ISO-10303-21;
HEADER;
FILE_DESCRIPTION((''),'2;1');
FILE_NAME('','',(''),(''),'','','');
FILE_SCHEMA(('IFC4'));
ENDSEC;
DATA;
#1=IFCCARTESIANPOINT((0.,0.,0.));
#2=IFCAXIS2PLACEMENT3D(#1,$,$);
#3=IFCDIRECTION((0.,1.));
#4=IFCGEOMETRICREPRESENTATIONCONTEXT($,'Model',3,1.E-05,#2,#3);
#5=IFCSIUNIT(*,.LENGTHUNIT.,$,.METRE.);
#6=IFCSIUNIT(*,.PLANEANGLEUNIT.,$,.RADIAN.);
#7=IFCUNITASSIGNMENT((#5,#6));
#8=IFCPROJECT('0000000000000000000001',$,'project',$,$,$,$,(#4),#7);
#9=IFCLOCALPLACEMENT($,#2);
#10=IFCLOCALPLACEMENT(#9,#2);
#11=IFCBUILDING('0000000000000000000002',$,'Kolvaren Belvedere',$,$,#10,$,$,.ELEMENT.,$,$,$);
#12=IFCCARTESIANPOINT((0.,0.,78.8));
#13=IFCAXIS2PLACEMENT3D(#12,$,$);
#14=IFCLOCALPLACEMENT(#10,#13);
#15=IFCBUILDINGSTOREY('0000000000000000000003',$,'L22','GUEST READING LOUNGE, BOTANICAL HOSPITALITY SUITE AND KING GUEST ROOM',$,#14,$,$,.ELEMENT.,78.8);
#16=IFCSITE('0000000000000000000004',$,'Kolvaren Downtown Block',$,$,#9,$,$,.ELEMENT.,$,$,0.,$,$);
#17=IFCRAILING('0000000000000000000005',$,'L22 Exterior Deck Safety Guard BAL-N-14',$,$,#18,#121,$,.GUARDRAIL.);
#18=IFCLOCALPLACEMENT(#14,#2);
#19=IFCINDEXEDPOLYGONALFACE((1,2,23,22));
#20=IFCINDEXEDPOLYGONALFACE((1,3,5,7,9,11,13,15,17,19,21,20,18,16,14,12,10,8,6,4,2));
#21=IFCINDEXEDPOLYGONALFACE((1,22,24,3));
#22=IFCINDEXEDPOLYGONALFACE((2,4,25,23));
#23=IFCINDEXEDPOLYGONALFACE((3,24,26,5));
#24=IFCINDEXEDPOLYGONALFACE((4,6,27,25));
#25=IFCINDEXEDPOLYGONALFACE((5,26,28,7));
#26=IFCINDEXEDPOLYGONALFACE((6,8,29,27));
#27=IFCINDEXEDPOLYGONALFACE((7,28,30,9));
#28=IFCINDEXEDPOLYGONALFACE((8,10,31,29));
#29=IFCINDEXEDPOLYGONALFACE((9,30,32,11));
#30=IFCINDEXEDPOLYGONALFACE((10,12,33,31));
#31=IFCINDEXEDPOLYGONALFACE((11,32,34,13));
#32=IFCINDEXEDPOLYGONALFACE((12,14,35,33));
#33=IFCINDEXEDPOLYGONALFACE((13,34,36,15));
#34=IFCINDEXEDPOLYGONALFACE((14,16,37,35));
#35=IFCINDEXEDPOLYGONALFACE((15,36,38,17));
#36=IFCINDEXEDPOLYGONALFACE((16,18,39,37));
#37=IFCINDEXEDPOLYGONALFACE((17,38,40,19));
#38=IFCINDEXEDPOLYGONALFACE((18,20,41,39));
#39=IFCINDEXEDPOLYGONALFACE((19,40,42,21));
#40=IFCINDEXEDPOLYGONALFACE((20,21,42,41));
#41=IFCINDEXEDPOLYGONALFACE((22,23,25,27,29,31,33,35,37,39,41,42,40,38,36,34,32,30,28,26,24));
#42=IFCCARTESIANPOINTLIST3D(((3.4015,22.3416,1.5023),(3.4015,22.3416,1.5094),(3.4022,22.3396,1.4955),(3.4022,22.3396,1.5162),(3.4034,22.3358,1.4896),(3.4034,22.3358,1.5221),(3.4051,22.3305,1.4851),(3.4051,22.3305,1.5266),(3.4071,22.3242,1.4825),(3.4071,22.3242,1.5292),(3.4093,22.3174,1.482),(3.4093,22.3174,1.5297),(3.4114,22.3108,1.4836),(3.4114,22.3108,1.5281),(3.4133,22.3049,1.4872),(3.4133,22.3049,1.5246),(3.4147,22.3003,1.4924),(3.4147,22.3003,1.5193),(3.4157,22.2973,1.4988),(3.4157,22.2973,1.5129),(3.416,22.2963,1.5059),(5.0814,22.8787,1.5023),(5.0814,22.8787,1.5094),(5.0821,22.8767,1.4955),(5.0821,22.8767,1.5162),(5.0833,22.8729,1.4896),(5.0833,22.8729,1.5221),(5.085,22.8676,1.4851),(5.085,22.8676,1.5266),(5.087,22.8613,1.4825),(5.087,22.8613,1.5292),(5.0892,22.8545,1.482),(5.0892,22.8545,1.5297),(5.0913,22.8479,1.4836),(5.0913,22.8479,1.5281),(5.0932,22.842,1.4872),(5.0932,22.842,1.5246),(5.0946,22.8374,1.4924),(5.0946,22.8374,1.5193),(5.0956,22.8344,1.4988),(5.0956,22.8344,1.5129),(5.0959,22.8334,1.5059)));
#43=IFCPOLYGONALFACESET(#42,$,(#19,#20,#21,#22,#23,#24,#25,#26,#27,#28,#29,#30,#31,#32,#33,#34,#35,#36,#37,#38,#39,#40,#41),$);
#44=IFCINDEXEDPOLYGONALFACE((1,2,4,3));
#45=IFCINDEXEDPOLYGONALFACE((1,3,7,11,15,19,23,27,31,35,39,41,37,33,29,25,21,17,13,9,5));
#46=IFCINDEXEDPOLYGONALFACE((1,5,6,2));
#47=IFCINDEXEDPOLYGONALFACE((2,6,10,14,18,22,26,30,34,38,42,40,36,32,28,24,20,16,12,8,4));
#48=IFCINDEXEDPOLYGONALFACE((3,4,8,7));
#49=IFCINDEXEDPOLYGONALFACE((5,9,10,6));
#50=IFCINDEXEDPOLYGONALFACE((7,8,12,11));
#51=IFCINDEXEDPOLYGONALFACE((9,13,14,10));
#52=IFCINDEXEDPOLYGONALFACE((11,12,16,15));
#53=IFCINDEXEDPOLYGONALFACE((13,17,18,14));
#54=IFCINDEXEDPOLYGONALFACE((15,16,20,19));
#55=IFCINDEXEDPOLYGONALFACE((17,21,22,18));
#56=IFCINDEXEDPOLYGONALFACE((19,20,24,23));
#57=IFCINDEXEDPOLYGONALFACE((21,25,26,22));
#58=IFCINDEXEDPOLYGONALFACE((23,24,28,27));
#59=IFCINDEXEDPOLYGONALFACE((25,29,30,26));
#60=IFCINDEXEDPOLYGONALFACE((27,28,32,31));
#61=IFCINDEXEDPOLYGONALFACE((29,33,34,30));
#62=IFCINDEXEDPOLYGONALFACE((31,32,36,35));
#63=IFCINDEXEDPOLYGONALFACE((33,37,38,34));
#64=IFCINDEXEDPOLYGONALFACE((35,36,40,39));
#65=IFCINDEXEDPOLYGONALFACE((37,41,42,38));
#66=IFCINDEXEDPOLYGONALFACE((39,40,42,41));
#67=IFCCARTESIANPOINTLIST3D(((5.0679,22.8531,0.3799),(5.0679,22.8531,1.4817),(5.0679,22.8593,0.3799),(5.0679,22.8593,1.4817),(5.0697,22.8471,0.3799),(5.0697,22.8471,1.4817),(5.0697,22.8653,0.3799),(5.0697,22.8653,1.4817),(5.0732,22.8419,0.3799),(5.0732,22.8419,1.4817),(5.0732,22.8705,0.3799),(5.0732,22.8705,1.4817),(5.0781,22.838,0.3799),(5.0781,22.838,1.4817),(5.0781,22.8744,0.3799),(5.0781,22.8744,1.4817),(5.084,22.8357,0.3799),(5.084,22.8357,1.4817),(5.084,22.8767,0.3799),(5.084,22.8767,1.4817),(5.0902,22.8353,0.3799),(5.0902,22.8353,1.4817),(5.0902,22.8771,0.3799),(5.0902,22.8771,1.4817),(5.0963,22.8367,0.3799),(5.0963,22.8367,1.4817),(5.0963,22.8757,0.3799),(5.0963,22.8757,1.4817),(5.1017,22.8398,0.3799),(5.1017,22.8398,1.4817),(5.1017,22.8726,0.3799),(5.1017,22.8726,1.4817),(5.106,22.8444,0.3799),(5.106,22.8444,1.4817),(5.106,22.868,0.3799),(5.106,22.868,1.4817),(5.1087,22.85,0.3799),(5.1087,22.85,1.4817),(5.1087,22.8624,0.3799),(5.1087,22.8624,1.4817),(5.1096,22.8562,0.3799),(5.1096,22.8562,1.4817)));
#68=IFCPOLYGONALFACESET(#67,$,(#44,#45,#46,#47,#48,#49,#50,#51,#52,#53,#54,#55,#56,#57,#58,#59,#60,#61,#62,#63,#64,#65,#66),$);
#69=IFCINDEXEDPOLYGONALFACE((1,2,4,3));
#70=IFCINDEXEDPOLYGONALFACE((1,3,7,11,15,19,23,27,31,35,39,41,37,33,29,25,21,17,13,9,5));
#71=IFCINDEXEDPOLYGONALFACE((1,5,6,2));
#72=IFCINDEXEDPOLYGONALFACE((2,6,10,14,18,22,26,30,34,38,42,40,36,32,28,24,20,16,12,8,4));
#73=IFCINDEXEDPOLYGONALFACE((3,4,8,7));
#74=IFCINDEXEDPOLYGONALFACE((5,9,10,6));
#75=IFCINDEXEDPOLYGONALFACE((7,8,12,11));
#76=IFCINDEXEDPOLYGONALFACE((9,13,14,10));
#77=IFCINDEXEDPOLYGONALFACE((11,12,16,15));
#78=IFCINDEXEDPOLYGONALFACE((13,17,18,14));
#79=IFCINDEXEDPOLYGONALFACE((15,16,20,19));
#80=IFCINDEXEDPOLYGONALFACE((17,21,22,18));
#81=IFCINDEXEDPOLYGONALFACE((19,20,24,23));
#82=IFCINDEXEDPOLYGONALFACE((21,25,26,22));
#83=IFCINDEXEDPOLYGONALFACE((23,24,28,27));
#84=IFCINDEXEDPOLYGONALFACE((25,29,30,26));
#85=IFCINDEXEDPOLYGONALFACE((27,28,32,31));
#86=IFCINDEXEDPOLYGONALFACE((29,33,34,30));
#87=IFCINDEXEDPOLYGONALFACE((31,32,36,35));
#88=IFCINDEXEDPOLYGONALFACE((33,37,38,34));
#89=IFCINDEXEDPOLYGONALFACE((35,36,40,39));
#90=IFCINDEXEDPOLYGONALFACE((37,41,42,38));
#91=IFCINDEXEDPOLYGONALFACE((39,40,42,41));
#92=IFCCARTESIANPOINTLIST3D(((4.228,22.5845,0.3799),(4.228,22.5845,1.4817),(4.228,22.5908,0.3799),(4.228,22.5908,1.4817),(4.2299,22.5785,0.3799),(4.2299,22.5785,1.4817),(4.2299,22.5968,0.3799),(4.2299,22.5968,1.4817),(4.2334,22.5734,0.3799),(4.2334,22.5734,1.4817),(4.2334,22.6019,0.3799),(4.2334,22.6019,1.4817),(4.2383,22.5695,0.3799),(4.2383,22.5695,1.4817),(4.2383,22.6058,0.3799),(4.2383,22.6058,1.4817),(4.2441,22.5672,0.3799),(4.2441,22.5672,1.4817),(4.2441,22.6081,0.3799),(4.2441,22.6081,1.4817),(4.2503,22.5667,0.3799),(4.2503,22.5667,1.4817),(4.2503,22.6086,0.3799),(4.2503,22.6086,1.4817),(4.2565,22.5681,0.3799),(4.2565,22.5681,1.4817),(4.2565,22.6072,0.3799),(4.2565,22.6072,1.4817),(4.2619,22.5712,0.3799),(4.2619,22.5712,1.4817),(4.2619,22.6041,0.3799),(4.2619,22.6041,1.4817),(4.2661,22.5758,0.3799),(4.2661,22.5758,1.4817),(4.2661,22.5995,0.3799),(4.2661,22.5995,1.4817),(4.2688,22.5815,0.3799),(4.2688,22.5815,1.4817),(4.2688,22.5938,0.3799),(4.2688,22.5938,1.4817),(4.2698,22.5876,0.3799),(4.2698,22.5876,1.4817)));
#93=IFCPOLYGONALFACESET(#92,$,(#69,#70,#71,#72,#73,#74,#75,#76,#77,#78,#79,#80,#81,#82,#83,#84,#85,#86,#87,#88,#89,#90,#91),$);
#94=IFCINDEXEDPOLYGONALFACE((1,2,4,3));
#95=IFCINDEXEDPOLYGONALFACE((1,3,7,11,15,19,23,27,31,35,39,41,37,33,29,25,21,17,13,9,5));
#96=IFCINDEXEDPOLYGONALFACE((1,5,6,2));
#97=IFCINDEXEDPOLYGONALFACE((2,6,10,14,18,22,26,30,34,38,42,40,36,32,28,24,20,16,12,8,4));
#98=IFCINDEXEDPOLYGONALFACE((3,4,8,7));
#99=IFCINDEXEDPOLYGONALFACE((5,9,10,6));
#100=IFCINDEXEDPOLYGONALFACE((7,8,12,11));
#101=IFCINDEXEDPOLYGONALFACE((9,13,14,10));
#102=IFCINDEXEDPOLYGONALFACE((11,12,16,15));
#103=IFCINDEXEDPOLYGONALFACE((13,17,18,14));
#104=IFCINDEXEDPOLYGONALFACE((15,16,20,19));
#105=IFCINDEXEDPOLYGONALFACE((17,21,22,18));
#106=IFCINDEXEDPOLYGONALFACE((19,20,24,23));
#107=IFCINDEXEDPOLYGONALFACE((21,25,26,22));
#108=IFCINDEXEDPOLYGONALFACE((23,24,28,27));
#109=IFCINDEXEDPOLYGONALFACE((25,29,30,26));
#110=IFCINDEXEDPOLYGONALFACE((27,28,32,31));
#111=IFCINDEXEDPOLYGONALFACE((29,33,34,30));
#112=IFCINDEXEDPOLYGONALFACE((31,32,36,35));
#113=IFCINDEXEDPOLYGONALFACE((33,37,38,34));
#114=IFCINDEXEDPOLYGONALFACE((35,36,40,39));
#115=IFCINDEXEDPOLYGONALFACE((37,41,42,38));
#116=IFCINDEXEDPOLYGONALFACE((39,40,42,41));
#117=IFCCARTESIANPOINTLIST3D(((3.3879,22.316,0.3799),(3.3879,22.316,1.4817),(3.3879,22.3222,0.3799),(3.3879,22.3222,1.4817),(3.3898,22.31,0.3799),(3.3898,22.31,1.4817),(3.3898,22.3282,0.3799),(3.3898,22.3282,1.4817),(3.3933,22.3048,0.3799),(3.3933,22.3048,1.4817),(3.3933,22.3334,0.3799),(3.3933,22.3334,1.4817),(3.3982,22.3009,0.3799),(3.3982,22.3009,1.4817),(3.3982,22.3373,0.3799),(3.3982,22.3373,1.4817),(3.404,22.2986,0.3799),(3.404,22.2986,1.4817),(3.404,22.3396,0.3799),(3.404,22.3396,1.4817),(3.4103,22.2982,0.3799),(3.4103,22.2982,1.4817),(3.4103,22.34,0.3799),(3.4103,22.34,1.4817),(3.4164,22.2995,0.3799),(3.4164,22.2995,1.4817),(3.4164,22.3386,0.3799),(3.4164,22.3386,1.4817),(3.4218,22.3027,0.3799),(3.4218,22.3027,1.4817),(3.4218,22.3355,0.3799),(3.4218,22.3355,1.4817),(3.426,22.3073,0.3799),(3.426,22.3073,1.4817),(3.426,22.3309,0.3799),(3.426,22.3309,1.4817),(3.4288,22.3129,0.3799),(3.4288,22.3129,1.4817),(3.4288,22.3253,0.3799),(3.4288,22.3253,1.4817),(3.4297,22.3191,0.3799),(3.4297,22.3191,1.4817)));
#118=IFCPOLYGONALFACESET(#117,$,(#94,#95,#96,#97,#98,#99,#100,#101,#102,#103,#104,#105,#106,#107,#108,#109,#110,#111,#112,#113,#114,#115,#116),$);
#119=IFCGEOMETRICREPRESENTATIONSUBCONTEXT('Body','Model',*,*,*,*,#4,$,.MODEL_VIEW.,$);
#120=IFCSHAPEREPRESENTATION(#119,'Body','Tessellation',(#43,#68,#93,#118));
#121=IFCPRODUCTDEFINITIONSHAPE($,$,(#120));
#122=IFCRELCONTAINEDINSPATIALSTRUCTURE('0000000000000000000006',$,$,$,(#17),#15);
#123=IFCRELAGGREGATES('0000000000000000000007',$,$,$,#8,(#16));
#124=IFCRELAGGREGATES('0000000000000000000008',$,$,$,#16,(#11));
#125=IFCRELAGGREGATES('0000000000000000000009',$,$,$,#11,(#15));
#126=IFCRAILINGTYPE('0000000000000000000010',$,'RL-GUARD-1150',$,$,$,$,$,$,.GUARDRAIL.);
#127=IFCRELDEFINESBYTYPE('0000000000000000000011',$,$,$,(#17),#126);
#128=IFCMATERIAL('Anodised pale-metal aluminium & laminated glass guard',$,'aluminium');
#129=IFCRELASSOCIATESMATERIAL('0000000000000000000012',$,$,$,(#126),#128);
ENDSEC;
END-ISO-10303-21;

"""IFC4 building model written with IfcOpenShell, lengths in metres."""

from ifc_helpers import new_model, si_unit, direction, frame, origin, origin_2d, place, context, subcontext, project, spatial, circle, extrude, material, type_object, element, save


model = new_model("IFC4")

# Units and contexts
model_context = context("Model", 3, precision=1e-05, world=origin(), true_north=direction((0.0, 1.0)))
body_context = subcontext(model_context, "Body", "Model", "MODEL_VIEW")
ifc_project = project(units=[si_unit("LENGTHUNIT", "METRE"), si_unit("PLANEANGLEUNIT", "RADIAN")], contexts=[model_context])

# Site, building, storey
site_placement = place(None, origin())
site = spatial("IfcSite", under=ifc_project, at=site_placement, Name="Kolvaren Downtown Block", CompositionType="ELEMENT", RefElevation=0.0)
building_placement = place(site_placement, origin())
building = spatial("IfcBuilding", under=site, at=building_placement, Name="Kolvaren Belvedere", CompositionType="ELEMENT")
storey_placement = place(building_placement, frame((0.0, 0.0, 78.8)))
storey = spatial("IfcBuildingStorey", under=building, at=storey_placement, Name="L22", Description="GUEST READING LOUNGE, BOTANICAL HOSPITALITY SUITE AND KING GUEST ROOM", CompositionType="ELEMENT", Elevation=78.8)

# Railing
ifc_material_1 = material(Name="Anodised pale-metal aluminium & laminated glass guard", Category="aluminium")
railing_type = type_object("IfcRailingType", Name="RL-GUARD-1150", PredefinedType="GUARDRAIL", material=ifc_material_1)
railing_1_placement = place(storey_placement, frame((5.0886, 22.8562, 0.3799)))
element("IfcRailing", 1, at=railing_1_placement, inside=storey, type_object=railing_type, Name="L22 Exterior Deck Safety Guard BAL-N-14", PredefinedType="GUARDRAIL", context=body_context, shape_type="SweptSolid", body=[
    extrude(circle(Radius=0.0239, at=origin_2d()), frame((0.0, 0.0, 1.126), z_axis=(-0.952501, -0.304535, 0.0), x_axis=(0.304535, -0.952501, 0.0)), (0.0, 0.0, 1.0), 1.7637),
    extrude(circle(Radius=0.021, at=origin_2d()), origin(), (0.0, 0.0, 1.0), 1.1018),
    extrude(circle(Radius=0.021, at=origin_2d()), frame((-0.8398, -0.2686, 0.0)), (0.0, 0.0, 1.0), 1.1018),
    extrude(circle(Radius=0.021, at=origin_2d()), frame((-1.6799, -0.5371, 0.0)), (0.0, 0.0, 1.0), 1.1018),
])

save(model, "model.ifc")
